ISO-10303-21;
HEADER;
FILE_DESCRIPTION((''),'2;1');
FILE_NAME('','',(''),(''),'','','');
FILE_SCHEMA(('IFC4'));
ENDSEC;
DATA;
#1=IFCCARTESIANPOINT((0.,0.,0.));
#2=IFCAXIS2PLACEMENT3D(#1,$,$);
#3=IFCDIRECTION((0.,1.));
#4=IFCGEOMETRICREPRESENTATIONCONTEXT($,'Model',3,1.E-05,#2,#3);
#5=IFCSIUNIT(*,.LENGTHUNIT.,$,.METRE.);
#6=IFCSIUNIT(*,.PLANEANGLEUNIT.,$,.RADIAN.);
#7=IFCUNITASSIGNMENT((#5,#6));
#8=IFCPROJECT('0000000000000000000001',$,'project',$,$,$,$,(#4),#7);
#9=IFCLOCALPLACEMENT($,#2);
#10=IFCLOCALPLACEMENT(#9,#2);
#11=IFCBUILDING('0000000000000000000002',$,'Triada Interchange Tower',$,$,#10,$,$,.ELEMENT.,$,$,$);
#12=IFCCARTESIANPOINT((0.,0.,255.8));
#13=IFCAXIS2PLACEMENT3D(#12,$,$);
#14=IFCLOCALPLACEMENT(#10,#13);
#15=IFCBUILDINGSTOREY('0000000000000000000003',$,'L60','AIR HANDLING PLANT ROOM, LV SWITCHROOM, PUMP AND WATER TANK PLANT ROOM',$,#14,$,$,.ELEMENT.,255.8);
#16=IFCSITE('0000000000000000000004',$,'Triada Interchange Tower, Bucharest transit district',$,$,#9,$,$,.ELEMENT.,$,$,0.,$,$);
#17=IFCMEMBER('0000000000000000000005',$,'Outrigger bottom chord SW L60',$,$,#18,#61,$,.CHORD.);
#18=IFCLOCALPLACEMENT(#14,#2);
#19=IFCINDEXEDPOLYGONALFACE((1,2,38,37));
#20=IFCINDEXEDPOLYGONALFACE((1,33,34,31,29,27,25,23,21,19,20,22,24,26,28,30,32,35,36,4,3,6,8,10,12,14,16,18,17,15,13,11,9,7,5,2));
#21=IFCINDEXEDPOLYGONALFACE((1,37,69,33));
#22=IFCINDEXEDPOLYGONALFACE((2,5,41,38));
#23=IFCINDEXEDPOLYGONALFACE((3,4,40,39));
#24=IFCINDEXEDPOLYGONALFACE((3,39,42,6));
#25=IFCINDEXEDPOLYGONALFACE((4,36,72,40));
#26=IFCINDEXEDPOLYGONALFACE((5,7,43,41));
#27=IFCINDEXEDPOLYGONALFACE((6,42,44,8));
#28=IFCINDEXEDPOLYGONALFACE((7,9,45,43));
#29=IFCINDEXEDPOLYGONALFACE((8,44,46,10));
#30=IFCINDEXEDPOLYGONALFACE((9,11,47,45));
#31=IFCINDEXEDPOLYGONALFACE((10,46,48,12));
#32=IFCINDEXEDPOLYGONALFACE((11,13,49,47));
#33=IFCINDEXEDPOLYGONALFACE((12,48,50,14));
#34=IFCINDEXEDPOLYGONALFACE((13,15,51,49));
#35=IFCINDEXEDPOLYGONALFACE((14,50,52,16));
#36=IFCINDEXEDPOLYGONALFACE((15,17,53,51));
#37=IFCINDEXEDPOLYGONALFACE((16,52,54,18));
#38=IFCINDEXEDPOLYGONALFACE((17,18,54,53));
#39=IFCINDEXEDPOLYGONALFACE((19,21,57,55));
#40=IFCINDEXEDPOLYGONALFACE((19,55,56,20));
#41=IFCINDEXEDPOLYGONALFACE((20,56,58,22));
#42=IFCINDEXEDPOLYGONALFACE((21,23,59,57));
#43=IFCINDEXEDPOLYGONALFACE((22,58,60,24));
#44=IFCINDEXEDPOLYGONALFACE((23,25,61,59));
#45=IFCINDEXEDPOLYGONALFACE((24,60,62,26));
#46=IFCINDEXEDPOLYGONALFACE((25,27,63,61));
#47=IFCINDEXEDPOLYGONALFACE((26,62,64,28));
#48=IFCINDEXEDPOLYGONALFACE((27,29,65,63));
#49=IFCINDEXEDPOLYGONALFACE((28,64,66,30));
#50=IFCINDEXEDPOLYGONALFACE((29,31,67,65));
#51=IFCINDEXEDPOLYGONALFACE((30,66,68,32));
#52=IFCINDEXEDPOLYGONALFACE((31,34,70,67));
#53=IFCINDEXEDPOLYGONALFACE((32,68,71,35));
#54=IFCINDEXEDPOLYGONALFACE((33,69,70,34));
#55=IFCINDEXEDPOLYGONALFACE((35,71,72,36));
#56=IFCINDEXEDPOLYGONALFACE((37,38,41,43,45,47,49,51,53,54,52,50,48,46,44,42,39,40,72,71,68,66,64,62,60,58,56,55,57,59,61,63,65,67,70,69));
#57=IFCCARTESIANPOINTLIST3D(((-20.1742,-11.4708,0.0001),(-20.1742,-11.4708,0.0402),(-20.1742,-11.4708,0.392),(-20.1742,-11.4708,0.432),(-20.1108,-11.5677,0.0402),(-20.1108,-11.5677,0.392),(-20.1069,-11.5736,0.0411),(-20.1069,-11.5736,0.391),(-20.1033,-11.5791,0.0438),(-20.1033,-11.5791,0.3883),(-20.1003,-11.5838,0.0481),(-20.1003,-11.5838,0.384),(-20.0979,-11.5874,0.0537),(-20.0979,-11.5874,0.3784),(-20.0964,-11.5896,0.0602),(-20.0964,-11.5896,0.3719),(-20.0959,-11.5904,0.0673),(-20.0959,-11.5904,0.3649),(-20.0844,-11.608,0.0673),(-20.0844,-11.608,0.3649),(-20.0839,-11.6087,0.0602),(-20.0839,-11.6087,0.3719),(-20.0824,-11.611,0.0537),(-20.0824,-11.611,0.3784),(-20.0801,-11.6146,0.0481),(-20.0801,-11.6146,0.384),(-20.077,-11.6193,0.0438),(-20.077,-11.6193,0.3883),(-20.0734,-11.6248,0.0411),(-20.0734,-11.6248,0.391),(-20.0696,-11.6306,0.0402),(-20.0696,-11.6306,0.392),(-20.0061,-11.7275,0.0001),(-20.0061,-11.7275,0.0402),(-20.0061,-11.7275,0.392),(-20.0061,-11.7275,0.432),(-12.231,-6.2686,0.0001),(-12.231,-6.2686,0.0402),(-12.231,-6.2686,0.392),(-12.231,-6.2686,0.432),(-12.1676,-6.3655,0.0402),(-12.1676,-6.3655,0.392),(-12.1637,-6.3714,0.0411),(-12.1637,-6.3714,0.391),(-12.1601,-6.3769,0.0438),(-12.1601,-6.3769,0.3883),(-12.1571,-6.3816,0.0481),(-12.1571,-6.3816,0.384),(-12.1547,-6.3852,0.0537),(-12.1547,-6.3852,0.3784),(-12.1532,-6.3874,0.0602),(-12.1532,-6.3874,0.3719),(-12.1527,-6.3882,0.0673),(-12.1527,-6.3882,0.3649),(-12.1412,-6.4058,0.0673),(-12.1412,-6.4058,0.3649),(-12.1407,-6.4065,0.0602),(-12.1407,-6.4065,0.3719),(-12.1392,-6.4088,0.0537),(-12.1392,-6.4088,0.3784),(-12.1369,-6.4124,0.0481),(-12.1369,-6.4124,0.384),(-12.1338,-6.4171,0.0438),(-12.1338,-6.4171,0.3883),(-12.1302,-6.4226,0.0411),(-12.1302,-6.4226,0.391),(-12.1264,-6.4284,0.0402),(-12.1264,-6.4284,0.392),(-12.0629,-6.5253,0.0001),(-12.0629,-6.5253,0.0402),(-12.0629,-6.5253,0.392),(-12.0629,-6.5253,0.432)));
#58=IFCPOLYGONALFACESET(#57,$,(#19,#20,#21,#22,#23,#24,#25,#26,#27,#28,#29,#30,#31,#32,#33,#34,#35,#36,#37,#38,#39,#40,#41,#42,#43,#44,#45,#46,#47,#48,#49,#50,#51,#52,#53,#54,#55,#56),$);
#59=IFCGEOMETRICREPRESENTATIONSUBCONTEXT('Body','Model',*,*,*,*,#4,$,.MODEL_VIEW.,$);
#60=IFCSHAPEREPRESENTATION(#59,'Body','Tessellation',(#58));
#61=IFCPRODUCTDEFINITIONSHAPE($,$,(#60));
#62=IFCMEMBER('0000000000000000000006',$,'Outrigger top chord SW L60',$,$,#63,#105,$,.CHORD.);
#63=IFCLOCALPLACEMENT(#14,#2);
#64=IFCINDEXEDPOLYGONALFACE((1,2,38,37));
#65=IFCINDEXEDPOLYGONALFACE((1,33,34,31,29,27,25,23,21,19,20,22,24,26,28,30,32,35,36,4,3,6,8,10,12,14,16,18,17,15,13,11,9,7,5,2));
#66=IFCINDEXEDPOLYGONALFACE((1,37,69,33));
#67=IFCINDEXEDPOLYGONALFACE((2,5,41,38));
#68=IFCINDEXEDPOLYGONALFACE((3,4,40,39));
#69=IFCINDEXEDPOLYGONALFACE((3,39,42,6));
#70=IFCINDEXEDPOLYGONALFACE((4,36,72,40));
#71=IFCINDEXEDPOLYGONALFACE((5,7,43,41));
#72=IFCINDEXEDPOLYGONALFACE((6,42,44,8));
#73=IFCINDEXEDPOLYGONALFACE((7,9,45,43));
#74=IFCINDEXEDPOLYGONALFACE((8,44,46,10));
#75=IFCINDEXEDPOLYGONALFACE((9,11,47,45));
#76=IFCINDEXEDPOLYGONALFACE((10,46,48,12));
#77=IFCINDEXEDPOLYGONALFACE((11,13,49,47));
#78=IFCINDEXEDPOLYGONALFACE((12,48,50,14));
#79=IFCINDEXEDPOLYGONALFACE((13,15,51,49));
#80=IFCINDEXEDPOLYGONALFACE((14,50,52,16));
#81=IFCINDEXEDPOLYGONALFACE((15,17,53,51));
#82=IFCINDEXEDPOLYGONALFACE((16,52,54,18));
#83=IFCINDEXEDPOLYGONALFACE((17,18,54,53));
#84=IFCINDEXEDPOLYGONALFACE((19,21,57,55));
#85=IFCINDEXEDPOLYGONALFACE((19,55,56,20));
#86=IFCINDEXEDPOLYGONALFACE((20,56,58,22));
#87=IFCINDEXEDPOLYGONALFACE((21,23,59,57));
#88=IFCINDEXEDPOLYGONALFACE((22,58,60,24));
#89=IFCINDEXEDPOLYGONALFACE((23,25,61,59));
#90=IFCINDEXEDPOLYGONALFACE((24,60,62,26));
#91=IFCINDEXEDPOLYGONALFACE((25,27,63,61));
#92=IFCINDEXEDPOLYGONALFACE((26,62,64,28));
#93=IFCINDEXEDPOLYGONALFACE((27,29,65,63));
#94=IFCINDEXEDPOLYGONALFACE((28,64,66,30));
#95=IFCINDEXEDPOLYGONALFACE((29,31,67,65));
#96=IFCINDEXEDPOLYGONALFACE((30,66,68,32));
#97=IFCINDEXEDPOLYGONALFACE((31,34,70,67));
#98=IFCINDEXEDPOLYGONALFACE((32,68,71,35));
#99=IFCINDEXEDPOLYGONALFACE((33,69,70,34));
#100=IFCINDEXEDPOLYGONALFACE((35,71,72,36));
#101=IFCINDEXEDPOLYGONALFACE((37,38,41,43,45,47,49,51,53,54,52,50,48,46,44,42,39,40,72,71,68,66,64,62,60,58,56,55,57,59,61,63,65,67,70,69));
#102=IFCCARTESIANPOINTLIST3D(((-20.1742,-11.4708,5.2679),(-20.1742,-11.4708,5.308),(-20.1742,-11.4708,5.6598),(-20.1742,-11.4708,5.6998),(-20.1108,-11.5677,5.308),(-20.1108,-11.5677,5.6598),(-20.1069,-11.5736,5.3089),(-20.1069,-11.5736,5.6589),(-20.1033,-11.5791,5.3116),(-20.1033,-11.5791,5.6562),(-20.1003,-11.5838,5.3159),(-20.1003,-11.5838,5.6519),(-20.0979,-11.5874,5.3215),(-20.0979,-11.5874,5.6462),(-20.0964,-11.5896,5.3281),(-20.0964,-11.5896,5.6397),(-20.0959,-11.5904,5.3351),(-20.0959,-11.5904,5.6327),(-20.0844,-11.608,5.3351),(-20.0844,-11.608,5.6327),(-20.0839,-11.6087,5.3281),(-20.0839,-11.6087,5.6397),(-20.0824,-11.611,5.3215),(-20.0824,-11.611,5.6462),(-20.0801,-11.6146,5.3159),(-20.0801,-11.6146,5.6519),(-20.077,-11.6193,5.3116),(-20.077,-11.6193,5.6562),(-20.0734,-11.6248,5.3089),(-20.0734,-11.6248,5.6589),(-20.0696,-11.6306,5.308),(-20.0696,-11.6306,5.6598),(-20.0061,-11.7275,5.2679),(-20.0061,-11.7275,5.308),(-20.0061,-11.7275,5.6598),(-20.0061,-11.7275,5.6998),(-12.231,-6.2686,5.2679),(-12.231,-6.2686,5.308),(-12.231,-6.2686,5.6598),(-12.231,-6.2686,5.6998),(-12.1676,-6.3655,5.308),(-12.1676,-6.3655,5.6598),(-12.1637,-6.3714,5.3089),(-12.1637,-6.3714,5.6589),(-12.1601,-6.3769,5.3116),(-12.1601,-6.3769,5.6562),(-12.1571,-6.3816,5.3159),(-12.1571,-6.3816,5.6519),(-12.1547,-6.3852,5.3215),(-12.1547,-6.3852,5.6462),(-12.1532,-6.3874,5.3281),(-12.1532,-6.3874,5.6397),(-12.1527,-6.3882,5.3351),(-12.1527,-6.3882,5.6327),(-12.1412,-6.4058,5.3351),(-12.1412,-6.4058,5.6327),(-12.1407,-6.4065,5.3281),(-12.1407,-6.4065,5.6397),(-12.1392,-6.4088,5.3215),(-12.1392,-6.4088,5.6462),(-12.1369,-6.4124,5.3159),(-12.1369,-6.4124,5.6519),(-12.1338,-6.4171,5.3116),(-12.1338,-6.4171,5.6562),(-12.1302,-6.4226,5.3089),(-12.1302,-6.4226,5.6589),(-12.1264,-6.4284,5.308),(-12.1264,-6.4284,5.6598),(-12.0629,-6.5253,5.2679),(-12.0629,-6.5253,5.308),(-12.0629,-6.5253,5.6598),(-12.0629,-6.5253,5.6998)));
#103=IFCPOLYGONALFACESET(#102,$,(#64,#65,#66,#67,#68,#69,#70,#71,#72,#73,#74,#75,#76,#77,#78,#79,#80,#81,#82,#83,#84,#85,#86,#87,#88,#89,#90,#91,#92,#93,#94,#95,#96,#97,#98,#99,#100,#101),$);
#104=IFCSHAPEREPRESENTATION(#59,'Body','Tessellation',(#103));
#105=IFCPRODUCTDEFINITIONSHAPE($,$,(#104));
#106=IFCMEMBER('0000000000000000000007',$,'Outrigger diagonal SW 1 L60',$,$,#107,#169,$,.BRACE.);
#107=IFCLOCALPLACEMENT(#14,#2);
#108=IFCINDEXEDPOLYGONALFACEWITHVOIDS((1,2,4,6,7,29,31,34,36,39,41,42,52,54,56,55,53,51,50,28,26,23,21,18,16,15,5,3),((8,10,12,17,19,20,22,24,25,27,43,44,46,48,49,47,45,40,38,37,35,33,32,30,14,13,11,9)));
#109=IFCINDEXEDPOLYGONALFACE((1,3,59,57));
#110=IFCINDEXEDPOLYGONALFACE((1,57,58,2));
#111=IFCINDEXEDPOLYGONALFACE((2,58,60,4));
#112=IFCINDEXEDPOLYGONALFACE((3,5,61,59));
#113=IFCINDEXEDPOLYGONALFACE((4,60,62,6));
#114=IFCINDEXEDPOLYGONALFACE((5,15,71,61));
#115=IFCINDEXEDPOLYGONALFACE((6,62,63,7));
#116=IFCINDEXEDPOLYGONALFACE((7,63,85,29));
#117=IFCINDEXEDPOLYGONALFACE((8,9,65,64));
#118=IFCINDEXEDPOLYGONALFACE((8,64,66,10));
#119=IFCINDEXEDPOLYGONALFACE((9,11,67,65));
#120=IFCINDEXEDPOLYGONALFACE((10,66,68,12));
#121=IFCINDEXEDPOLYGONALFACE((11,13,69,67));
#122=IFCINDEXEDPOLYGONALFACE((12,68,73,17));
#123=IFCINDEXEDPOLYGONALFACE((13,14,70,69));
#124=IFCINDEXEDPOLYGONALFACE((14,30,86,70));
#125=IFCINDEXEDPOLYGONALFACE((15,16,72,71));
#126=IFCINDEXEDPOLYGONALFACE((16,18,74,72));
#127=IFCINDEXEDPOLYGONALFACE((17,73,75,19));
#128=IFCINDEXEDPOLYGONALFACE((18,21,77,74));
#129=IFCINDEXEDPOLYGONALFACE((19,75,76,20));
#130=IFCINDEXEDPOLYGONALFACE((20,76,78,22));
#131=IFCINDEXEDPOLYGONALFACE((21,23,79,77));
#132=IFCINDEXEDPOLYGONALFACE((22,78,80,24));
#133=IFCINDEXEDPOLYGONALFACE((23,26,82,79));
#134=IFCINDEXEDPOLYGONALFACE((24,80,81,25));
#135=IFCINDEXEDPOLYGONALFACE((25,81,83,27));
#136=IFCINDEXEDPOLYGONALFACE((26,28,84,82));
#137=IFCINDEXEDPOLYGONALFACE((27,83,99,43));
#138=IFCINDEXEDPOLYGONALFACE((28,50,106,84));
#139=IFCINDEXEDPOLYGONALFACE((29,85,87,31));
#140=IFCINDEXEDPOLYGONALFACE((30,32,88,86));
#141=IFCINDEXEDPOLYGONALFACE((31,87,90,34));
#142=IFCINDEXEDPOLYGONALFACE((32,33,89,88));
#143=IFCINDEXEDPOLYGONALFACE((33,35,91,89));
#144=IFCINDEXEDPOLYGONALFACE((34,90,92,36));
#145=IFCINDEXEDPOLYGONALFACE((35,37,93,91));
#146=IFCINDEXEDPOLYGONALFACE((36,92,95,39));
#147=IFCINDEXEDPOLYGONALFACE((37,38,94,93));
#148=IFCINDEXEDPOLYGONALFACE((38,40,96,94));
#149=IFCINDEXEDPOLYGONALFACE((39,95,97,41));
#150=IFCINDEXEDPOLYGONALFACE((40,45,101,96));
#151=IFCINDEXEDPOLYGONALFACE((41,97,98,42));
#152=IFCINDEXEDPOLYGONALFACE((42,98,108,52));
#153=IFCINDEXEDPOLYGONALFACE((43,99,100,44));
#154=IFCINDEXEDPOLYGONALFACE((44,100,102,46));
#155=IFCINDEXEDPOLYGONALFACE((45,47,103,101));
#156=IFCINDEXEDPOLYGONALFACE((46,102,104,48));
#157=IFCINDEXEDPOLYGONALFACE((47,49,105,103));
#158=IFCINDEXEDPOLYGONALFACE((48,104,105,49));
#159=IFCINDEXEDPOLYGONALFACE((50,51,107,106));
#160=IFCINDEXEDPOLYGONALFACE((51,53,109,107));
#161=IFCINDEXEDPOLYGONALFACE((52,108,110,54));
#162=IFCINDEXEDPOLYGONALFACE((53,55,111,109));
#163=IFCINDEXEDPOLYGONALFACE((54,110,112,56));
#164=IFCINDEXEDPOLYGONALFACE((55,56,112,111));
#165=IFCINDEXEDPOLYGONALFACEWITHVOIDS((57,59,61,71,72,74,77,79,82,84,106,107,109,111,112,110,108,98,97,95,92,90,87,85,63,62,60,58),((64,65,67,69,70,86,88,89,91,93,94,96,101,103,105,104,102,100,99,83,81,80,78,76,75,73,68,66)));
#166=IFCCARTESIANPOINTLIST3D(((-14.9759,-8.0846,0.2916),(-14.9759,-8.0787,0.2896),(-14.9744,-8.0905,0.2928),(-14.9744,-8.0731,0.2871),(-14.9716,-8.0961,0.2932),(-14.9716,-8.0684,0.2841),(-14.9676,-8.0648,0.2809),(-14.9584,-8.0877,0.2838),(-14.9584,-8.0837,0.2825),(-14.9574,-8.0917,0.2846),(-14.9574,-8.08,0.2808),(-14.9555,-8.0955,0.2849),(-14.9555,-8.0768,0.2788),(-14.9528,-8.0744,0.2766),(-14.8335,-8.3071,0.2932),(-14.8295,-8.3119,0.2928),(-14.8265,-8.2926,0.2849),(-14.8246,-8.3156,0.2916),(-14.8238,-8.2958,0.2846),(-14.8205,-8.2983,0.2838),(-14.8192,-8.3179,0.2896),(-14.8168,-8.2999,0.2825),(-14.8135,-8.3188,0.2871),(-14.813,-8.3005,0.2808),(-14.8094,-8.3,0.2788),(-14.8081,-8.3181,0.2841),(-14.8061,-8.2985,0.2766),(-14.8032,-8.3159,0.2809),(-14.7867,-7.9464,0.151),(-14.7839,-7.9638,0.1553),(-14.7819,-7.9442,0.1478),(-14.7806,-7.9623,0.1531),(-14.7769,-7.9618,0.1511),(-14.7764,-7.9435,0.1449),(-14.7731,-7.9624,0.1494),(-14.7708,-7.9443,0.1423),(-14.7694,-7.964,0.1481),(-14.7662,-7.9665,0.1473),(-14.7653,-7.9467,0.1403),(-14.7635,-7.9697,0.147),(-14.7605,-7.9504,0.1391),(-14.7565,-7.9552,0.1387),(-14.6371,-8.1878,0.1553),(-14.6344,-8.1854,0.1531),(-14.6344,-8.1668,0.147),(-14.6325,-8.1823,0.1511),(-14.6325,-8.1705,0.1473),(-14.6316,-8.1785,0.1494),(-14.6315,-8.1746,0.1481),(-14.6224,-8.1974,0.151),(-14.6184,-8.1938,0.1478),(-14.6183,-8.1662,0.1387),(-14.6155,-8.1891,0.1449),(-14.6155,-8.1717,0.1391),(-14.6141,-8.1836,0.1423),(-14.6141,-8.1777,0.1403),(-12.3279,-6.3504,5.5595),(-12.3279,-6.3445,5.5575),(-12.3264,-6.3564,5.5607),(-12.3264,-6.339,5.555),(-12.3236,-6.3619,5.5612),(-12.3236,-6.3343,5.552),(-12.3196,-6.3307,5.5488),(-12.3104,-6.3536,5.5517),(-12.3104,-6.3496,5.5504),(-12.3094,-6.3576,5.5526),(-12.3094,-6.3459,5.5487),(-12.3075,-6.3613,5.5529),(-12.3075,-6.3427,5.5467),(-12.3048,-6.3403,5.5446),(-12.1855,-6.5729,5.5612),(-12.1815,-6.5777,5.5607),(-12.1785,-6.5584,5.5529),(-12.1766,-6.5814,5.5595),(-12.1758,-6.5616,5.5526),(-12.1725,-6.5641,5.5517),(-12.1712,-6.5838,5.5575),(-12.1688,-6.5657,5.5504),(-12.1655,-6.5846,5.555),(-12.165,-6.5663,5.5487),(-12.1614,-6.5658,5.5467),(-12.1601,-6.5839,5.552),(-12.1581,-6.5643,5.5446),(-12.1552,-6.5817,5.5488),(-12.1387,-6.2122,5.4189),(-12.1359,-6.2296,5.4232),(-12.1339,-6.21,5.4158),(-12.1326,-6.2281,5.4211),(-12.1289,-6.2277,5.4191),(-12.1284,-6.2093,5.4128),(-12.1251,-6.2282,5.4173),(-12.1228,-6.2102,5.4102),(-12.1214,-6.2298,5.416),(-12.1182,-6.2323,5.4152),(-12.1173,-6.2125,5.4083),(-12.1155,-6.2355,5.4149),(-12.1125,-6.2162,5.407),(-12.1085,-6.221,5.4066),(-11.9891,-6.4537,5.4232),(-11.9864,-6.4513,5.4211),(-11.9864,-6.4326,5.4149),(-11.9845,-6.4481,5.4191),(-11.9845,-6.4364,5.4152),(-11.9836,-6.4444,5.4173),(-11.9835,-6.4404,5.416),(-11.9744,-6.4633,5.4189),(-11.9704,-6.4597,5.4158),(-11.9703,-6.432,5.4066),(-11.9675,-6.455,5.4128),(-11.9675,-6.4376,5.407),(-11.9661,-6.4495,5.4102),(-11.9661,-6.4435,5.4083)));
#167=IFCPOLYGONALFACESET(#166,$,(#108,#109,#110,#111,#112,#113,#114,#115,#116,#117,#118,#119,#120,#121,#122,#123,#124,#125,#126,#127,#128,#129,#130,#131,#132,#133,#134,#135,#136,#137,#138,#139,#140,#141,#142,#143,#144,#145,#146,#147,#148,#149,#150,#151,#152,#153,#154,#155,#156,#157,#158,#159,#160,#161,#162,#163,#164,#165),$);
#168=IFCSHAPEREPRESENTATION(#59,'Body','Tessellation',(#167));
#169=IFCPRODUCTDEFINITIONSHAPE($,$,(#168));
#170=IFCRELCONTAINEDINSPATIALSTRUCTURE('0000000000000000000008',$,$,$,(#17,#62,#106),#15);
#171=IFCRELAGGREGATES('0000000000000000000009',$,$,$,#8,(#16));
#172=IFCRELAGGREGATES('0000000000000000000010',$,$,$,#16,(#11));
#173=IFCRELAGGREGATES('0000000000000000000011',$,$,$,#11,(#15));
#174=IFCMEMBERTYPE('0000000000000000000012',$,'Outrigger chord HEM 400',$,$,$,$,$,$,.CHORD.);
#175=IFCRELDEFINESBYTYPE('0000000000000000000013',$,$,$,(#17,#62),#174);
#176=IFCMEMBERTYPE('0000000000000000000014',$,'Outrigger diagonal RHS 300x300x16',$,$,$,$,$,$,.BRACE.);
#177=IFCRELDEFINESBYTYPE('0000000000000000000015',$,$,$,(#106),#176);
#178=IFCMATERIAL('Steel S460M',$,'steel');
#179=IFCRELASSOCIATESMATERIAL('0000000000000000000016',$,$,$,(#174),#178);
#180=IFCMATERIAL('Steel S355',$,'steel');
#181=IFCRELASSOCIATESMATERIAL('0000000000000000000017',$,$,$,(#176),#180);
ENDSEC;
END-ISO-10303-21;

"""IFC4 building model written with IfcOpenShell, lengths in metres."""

from ifc_helpers import new_model, si_unit, direction, frame, origin, origin_2d, place, context, subcontext, project, spatial, hollow_rectangle, i_section, extrude, material, material_profile, profile_set, type_object, element, save


model = new_model("IFC4")

# Units and contexts
model_context = context("Model", 3, precision=1e-05, world=origin(), true_north=direction((0.0, 1.0)))
body_context = subcontext(model_context, "Body", "Model", "MODEL_VIEW")
ifc_project = project(units=[si_unit("LENGTHUNIT", "METRE"), si_unit("PLANEANGLEUNIT", "RADIAN")], contexts=[model_context])

# Site, building, storey
site_placement = place(None, origin())
site = spatial("IfcSite", under=ifc_project, at=site_placement, Name="Triada Interchange Tower, Bucharest transit district", CompositionType="ELEMENT", RefElevation=0.0)
building_placement = place(site_placement, origin())
building = spatial("IfcBuilding", under=site, at=building_placement, Name="Triada Interchange Tower", CompositionType="ELEMENT")
storey_placement = place(building_placement, frame((0.0, 0.0, 255.8)))
storey = spatial("IfcBuildingStorey", under=building, at=storey_placement, Name="L60", Description="AIR HANDLING PLANT ROOM, LV SWITCHROOM, PUMP AND WATER TANK PLANT ROOM", CompositionType="ELEMENT", Elevation=255.8)

# Shared definitions
ifc_material_1 = material(Name="Steel S355", Category="steel")

# Members
ifc_material_2 = material(Name="Steel S460M", Category="steel")
ifc_material_profile_1 = material_profile(ifc_material_2, i_section(OverallWidth=0.3069, OverallDepth=0.4319, WebThickness=0.021, FlangeThickness=0.04, FilletRadius=0.0271, at=origin_2d()), Name="HEM 400")
ifc_profile_set_1 = profile_set([ifc_material_profile_1], Name="Steel S460M")
member_type_1 = type_object("IfcMemberType", Name="Outrigger chord HEM 400", PredefinedType="CHORD", material=ifc_profile_set_1)
for number, where, z_axis, x_axis, name in (
    (1, (-12.147, -6.397, 0.2161), (-0.836556, -0.547882, 0.0), (0.547882, -0.836556, 0.0), "Outrigger bottom chord SW L60"),
    (2, (-12.147, -6.397, 5.4839), (-0.836556, -0.547882, 0.0), (0.547882, -0.836556, 0.0), "Outrigger top chord SW L60"),
):
    element("IfcMember", number, at=place(storey_placement, frame(where, z_axis=z_axis, x_axis=x_axis)), inside=storey, type_object=member_type_1, Name=name, PredefinedType="CHORD", context=body_context, shape_type="SweptSolid", body=[
        extrude(i_section(OverallWidth=0.3069, OverallDepth=0.4319, WebThickness=0.021, FlangeThickness=0.04, FilletRadius=0.0271, at=origin_2d()), origin(), (0.0, 0.0, 1.0), 9.4951),
    ])
ifc_material_profile_2 = material_profile(ifc_material_1, hollow_rectangle(XDim=0.3, YDim=0.3, WallThickness=0.0161, InnerFilletRadius=0.0161, OuterFilletRadius=0.0239, at=origin_2d()), Name="RHS 300x300x16")
ifc_profile_set_2 = profile_set([ifc_material_profile_2], Name="Steel S355")
member_type_2 = type_object("IfcMemberType", Name="Outrigger diagonal RHS 300x300x16", PredefinedType="BRACE", material=ifc_profile_set_2)
member_1_placement = place(storey_placement, frame((-12.147, -6.397, 5.4839), z_axis=(-0.430867, -0.282173, -0.857165), x_axis=(0.547864, -0.836567, 0.0)))
element("IfcMember", 3, at=member_1_placement, inside=storey, type_object=member_type_2, Name="Outrigger diagonal SW 1 L60", PredefinedType="BRACE", context=body_context, shape_type="SweptSolid", body=[
    extrude(hollow_rectangle(XDim=0.3, YDim=0.3, WallThickness=0.0161, InnerFilletRadius=0.0161, OuterFilletRadius=0.0239, at=origin_2d()), origin(), (0.0, 0.0, 1.0), 6.1458),
])

save(model, "model.ifc")
